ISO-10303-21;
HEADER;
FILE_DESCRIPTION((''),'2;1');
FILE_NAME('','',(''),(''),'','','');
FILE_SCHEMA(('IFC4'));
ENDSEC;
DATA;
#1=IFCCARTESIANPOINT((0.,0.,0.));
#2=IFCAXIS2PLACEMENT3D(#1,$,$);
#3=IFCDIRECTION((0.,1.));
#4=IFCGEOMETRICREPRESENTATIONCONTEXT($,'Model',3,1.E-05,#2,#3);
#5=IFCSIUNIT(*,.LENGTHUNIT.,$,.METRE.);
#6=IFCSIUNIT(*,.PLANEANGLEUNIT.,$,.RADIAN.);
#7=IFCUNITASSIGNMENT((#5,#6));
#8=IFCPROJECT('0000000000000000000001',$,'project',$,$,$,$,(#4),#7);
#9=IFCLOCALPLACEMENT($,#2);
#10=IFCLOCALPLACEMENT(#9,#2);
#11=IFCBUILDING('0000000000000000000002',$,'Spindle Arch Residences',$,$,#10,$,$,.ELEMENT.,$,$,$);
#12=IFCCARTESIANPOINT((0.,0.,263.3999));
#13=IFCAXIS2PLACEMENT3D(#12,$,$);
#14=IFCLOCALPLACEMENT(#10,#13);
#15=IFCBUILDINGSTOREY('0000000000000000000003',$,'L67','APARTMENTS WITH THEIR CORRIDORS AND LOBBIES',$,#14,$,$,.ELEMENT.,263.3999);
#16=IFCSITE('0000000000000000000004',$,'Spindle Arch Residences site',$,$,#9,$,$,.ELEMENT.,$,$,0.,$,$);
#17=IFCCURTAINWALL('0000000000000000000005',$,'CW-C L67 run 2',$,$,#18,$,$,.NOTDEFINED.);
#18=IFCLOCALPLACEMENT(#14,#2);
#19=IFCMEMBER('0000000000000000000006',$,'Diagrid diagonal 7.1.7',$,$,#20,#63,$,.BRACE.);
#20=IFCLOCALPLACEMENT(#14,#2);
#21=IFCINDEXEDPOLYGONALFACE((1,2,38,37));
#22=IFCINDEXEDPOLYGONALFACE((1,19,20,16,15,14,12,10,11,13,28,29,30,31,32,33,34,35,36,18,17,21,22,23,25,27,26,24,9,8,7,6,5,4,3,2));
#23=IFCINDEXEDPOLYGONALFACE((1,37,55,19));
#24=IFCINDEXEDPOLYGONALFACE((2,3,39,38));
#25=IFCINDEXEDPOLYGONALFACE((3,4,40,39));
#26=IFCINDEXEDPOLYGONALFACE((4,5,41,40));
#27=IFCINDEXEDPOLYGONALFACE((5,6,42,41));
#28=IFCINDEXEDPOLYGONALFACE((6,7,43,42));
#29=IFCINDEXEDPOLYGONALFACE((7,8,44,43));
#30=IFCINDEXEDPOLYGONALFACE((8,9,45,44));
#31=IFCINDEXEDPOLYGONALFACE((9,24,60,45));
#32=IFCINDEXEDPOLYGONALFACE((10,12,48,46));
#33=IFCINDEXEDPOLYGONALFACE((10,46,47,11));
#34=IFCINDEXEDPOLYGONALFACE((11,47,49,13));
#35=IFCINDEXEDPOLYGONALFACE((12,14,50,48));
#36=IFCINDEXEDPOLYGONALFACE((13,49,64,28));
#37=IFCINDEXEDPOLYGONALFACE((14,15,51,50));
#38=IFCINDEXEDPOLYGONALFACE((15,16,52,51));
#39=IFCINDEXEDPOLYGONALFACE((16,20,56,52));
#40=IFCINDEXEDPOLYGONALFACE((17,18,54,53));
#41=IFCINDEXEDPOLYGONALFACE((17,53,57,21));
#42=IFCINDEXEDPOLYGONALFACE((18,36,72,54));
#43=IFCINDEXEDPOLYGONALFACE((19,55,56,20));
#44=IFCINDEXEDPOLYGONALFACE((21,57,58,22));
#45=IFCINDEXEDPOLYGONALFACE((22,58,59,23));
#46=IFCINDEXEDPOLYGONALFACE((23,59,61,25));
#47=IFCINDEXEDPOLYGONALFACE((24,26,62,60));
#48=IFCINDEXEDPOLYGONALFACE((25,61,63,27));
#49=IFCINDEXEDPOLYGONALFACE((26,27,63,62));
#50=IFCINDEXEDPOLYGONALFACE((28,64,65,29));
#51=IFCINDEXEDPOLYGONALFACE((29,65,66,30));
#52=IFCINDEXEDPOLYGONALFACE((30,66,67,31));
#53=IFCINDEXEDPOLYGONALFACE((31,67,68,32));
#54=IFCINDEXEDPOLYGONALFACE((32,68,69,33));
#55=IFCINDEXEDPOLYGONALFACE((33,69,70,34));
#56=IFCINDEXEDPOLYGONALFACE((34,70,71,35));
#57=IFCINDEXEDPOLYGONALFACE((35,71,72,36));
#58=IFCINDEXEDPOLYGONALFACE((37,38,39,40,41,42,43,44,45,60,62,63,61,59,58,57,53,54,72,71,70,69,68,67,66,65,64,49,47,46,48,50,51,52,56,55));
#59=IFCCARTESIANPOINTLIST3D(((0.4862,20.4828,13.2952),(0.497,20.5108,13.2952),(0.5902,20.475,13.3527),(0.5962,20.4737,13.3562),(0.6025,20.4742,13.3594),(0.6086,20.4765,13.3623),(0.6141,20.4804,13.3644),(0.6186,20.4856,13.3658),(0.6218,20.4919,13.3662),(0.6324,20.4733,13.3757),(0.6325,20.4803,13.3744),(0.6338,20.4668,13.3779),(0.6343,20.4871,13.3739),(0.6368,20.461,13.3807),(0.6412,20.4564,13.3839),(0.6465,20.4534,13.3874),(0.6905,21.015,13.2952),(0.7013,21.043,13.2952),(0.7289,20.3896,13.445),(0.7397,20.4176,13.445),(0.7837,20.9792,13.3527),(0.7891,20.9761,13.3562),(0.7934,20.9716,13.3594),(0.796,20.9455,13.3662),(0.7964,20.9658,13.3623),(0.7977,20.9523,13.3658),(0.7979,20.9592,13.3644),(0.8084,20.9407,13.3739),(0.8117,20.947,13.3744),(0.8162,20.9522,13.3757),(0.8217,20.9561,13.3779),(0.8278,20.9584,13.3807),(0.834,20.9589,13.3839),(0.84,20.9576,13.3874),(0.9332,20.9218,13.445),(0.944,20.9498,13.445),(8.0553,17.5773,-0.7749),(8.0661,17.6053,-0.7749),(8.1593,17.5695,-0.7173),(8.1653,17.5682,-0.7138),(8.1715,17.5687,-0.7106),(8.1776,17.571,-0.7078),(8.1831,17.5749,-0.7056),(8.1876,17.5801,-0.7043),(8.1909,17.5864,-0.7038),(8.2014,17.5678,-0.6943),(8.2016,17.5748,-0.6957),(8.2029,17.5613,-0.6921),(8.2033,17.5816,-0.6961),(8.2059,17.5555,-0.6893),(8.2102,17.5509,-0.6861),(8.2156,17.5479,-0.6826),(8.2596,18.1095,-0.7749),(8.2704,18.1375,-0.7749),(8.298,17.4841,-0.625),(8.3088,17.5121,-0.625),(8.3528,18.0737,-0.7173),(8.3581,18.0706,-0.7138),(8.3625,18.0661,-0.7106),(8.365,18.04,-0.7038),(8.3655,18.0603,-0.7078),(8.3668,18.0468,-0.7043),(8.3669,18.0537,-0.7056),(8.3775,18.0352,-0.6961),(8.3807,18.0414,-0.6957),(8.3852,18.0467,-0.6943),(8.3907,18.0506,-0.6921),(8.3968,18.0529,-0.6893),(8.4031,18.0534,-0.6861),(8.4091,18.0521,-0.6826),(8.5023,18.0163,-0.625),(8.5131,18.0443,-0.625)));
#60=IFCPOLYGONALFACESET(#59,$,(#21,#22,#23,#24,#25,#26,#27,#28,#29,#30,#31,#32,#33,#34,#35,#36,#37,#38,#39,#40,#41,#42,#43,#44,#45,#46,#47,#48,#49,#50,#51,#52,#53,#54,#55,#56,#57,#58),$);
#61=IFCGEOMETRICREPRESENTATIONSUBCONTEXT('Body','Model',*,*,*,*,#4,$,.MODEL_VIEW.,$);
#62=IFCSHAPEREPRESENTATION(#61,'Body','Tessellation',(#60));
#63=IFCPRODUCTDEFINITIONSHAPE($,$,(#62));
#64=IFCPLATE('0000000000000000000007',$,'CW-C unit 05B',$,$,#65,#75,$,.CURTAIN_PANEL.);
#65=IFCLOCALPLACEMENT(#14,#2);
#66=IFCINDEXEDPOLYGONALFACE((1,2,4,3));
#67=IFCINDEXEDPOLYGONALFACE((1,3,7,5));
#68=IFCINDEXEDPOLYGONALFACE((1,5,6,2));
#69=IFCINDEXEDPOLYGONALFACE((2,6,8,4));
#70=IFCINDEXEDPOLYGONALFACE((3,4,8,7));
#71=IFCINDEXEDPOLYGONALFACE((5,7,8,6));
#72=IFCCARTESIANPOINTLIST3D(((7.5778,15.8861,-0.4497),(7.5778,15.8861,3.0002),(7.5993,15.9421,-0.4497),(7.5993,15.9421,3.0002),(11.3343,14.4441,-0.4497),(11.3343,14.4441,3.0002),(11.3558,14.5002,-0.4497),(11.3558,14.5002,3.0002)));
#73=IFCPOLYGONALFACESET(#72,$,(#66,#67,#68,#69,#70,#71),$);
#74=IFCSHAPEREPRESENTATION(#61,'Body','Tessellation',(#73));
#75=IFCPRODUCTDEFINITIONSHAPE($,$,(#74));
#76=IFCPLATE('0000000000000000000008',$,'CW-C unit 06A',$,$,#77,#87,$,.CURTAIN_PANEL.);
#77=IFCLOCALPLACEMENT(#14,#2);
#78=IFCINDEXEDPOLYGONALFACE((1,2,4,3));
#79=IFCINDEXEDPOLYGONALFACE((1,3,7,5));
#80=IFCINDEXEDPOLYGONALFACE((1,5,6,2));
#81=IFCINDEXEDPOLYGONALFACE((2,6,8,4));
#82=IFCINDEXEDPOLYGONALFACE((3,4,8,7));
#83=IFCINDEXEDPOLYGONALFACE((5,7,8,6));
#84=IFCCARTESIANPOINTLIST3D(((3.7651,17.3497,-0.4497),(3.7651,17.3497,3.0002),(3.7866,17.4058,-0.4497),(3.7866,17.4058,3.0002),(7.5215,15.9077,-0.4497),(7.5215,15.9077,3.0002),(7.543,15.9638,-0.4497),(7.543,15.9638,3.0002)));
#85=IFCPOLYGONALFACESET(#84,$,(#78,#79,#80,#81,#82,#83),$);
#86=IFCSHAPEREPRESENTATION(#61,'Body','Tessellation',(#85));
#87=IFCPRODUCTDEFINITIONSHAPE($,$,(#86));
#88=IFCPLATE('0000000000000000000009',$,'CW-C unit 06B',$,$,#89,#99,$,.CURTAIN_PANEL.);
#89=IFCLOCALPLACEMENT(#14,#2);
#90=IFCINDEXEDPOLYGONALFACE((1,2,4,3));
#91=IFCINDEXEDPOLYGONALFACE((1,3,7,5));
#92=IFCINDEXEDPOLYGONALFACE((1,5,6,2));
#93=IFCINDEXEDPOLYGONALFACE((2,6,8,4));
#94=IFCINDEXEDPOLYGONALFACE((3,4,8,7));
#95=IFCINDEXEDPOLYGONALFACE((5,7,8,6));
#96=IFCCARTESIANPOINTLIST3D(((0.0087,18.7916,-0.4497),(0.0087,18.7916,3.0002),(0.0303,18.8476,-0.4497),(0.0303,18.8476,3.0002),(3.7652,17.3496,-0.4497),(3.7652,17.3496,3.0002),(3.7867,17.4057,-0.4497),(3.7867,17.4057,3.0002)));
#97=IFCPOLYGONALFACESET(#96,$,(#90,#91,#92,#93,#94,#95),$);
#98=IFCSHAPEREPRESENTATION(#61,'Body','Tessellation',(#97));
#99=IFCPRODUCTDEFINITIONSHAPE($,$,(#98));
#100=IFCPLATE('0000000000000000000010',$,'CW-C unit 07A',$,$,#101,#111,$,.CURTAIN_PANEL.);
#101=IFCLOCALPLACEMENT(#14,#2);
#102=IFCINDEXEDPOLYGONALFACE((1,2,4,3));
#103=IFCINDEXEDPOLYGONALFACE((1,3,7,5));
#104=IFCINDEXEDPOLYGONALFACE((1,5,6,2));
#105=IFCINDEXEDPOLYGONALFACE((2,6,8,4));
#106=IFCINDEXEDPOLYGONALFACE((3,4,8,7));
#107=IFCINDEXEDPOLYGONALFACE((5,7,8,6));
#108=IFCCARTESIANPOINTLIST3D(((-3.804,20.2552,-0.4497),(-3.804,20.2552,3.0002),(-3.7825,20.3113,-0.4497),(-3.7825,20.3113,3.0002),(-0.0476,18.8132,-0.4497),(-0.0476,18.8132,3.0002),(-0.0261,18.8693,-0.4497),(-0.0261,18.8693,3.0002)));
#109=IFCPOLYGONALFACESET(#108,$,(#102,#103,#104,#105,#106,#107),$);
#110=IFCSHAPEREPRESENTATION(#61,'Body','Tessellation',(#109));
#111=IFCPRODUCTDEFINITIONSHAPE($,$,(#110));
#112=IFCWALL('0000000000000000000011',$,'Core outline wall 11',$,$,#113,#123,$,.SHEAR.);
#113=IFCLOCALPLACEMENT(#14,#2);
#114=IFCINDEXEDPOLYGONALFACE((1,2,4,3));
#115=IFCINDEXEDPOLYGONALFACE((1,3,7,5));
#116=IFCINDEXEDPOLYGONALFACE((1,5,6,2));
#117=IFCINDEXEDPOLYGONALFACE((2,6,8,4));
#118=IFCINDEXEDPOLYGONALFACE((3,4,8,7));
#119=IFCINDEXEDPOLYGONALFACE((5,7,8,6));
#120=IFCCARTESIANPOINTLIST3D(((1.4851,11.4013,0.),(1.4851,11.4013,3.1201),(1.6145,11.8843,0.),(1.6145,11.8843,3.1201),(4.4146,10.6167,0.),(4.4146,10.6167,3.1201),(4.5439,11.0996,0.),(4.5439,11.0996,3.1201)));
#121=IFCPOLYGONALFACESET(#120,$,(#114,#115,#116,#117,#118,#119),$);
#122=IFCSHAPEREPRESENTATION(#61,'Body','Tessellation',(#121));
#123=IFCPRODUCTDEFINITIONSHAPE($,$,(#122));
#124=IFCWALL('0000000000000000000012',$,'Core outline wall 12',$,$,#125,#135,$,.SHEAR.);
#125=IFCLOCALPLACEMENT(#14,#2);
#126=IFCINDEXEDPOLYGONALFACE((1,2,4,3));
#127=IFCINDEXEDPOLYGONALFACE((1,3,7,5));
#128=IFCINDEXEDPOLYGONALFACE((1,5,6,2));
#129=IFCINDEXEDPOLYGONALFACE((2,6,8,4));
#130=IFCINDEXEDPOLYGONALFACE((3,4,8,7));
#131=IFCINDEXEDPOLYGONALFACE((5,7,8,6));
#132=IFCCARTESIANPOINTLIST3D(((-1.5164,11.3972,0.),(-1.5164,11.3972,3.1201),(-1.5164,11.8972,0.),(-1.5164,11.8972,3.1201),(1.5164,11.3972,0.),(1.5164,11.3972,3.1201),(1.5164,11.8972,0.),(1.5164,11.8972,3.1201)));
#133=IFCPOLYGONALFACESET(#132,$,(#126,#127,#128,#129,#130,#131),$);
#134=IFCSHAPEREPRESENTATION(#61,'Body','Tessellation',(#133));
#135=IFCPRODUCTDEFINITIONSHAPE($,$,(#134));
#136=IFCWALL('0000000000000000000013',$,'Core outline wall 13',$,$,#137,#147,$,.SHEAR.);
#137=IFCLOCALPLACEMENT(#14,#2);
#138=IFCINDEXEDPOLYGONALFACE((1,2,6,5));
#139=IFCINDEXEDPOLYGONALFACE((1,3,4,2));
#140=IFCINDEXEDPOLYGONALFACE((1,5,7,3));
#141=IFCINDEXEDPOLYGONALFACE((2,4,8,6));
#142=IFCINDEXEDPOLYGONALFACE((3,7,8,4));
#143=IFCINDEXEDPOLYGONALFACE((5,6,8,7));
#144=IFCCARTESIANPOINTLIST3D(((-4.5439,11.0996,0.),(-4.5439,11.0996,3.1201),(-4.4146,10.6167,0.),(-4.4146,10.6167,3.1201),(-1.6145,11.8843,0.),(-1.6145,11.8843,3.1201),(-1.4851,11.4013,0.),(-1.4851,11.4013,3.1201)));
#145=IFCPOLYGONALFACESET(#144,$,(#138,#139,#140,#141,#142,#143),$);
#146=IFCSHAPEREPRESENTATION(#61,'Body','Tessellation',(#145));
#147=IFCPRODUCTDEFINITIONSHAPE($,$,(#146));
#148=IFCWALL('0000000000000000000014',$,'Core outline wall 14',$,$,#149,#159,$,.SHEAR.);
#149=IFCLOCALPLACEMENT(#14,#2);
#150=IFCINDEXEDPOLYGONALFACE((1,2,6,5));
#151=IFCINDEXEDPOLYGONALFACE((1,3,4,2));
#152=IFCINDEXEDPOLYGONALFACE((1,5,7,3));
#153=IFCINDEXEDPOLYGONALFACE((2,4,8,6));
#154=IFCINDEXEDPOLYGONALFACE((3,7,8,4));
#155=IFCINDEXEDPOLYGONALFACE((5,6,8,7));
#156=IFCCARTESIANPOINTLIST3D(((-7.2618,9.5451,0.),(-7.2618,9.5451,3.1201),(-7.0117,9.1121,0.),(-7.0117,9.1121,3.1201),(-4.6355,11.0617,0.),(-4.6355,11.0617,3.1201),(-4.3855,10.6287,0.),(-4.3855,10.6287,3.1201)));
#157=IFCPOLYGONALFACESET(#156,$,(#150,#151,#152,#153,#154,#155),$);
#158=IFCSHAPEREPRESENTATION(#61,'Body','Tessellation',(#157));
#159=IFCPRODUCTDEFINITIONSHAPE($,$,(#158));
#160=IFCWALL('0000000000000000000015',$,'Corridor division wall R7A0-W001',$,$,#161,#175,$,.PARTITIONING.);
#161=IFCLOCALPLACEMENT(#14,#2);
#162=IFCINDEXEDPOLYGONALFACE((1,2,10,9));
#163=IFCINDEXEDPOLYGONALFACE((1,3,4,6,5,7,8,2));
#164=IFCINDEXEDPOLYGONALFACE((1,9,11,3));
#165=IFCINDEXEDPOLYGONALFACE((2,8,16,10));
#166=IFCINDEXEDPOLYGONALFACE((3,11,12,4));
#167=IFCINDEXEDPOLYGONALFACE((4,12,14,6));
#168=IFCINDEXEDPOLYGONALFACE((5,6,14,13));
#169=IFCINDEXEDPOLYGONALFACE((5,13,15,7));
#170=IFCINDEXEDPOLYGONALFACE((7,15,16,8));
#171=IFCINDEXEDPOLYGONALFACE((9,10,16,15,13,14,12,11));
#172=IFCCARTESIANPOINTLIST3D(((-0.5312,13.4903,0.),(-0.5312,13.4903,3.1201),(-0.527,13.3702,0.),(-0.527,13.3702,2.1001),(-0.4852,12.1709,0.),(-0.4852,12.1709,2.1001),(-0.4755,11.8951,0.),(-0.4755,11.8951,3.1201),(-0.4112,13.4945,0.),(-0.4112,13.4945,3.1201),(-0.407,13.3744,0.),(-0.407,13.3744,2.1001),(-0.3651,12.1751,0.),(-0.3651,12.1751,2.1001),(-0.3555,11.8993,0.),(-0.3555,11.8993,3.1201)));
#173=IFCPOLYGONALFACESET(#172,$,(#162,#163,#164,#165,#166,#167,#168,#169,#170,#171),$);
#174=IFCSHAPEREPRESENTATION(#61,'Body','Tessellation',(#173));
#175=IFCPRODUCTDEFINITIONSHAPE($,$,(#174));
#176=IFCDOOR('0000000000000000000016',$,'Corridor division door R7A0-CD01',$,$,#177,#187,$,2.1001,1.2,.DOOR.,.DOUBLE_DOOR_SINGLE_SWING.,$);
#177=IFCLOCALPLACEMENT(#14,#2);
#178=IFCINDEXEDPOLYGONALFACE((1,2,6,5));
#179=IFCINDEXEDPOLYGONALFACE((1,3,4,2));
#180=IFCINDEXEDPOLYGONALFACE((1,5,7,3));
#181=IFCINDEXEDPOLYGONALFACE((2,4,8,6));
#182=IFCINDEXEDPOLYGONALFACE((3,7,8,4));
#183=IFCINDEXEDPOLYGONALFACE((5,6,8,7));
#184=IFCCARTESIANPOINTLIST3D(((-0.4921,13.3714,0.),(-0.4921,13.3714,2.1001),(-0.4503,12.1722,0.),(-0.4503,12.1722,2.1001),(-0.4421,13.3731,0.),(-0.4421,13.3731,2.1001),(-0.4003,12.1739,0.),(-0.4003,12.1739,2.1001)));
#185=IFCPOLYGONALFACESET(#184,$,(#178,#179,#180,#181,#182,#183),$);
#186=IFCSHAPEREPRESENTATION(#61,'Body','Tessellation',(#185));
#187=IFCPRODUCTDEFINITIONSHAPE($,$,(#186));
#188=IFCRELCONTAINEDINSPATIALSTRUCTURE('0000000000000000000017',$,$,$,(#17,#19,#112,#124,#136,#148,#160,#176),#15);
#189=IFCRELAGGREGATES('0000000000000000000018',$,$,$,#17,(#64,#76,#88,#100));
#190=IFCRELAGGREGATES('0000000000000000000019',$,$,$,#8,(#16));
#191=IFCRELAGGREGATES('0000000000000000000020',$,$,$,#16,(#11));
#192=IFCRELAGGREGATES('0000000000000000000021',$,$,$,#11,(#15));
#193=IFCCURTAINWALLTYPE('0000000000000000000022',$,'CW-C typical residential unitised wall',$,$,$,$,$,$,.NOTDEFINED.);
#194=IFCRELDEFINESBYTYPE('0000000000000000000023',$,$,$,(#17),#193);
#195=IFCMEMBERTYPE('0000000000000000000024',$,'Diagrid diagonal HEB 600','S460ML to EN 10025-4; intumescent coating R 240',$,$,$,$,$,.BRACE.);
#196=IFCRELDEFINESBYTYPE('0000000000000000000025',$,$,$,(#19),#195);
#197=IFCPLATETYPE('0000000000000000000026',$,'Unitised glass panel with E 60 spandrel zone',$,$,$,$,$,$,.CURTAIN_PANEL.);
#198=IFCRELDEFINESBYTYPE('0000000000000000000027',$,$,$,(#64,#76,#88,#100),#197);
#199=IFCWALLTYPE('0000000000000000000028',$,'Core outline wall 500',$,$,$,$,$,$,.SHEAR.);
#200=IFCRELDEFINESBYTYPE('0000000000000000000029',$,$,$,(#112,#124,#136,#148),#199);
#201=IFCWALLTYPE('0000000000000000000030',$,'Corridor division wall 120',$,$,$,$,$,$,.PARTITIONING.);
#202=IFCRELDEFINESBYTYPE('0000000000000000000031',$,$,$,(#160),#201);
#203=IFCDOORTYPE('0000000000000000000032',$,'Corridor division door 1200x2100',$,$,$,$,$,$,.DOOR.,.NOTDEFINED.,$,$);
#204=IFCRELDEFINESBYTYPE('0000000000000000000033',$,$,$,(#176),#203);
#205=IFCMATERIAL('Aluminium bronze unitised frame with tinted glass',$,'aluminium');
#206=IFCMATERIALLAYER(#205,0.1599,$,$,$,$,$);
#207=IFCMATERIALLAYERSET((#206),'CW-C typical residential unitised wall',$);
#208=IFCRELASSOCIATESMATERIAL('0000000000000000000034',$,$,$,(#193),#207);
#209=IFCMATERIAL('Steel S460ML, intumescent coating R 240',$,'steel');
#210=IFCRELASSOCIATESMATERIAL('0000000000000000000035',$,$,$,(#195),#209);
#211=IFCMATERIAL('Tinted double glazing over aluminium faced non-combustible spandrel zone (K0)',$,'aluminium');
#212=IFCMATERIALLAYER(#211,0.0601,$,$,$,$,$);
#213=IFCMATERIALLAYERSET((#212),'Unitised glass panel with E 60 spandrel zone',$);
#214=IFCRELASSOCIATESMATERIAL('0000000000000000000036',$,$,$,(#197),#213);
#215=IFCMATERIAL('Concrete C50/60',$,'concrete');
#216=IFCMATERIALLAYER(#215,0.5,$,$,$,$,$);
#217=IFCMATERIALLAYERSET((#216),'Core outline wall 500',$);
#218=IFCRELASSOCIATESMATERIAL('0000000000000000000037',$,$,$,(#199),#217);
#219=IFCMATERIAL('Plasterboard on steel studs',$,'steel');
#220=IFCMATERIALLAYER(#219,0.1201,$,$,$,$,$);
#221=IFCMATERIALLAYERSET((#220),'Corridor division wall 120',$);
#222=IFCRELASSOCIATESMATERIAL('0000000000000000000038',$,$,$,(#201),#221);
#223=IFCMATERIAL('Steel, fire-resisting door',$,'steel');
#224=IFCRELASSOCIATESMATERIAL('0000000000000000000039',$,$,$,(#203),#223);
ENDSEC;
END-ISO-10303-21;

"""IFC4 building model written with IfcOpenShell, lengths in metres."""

from ifc_helpers import new_model, si_unit, direction, frame, frame_2d, origin, origin_2d, place, context, subcontext, project, spatial, rectangle, i_section, extrude, material, layer, layer_set, material_profile, profile_set, type_object, element, fill, aggregate, save


model = new_model("IFC4")

# Units and contexts
model_context = context("Model", 3, precision=1e-05, world=origin(), true_north=direction((0.0, 1.0)))
body_context = subcontext(model_context, "Body", "Model", "MODEL_VIEW")
ifc_project = project(units=[si_unit("LENGTHUNIT", "METRE"), si_unit("PLANEANGLEUNIT", "RADIAN")], contexts=[model_context])

# Site, building, storey
site_placement = place(None, origin())
site = spatial("IfcSite", under=ifc_project, at=site_placement, Name="Spindle Arch Residences site", CompositionType="ELEMENT", RefElevation=0.0)
building_placement = place(site_placement, origin())
building = spatial("IfcBuilding", under=site, at=building_placement, Name="Spindle Arch Residences", CompositionType="ELEMENT")
storey_placement = place(building_placement, frame((0.0, 0.0, 263.3999)))
storey = spatial("IfcBuildingStorey", under=building, at=storey_placement, Name="L67", Description="APARTMENTS WITH THEIR CORRIDORS AND LOBBIES", CompositionType="ELEMENT", Elevation=263.3999)

# Curtain wall
ifc_material_1 = material(Name="Aluminium bronze unitised frame with tinted glass", Category="aluminium")
ifc_layer_1 = layer(ifc_material_1, 0.1599)
ifc_layer_set_1 = layer_set([ifc_layer_1], Name="CW-C typical residential unitised wall")
curtain_wall_type = type_object("IfcCurtainWallType", Name="CW-C typical residential unitised wall", PredefinedType="NOTDEFINED", material=ifc_layer_set_1)
curtain_wall_placement = place(storey_placement, origin())
curtain_wall = element("IfcCurtainWall", 1, at=curtain_wall_placement, inside=storey, type_object=curtain_wall_type, Name="CW-C L67 run 2", PredefinedType="NOTDEFINED")

# Member
ifc_material_2 = material(Name="Steel S460ML, intumescent coating R 240", Category="steel")
ifc_material_profile_1 = material_profile(ifc_material_2, i_section(OverallWidth=0.3, OverallDepth=0.6001, WebThickness=0.0154, FlangeThickness=0.03, FilletRadius=0.0271, at=origin_2d()), Name="HEB 600")
ifc_profile_set_1 = profile_set([ifc_material_profile_1], Name="Steel S460ML, intumescent coating R 240")
member_type_1 = type_object("IfcMemberType", Name="Diagrid diagonal HEB 600", Description="S460ML to EN 10025-4; intumescent coating R 240", PredefinedType="BRACE", material=ifc_profile_set_1)
member_1_placement = place(storey_placement, frame((8.2842, 17.8108, -0.7), z_axis=(-0.46611, 0.178924, 0.866445), x_axis=(0.808896, -0.310508, 0.499272)))
element("IfcMember", 2, at=member_1_placement, inside=storey, type_object=member_type_1, Name="Diagrid diagonal 7.1.7", PredefinedType="BRACE", context=body_context, shape_type="SweptSolid", body=[
    extrude(i_section(OverallWidth=0.3, OverallDepth=0.6001, WebThickness=0.0154, FlangeThickness=0.03, FilletRadius=0.0271, at=origin_2d()), origin(), (0.0, 0.0, 1.0), 16.2388),
])

# Plates
ifc_material_3 = material(Name="Tinted double glazing over aluminium faced non-combustible spandrel zone (K0)", Category="aluminium")
ifc_layer_2 = layer(ifc_material_3, 0.0601)
ifc_layer_set_2 = layer_set([ifc_layer_2], Name="Unitised glass panel with E 60 spandrel zone")
plate_type = type_object("IfcPlateType", Name="Unitised glass panel with E 60 spandrel zone", PredefinedType="CURTAIN_PANEL", material=ifc_layer_set_2)
plate_1_placement = place(storey_placement, frame((9.4668, 15.1931, -0.4497), z_axis=(0.0, 0.0, 1.0), x_axis=(-0.93358, 0.358368, 0.0)))
plate_1 = element("IfcPlate", 3, at=plate_1_placement, type_object=plate_type, Name="CW-C unit 05B", PredefinedType="CURTAIN_PANEL", context=body_context, shape_type="SweptSolid", body=[
    extrude(rectangle(XDim=4.0237, YDim=0.0601, at=origin_2d()), origin(), (0.0, 0.0, 1.0), 3.45),
])
plate_2_placement = place(storey_placement, frame((5.6541, 16.6567, -0.4497), z_axis=(0.0, 0.0, 1.0), x_axis=(-0.93358, 0.358368, 0.0)))
plate_2 = element("IfcPlate", 4, at=plate_2_placement, type_object=plate_type, Name="CW-C unit 06A", PredefinedType="CURTAIN_PANEL", context=body_context, shape_type="SweptSolid", body=[
    extrude(rectangle(XDim=4.0237, YDim=0.0601, at=origin_2d()), origin(), (0.0, 0.0, 1.0), 3.45),
])
plate_3_placement = place(storey_placement, frame((1.8977, 18.0986, -0.4497), z_axis=(0.0, 0.0, 1.0), x_axis=(-0.93358, 0.358368, 0.0)))
plate_3 = element("IfcPlate", 5, at=plate_3_placement, type_object=plate_type, Name="CW-C unit 06B", PredefinedType="CURTAIN_PANEL", context=body_context, shape_type="SweptSolid", body=[
    extrude(rectangle(XDim=4.0237, YDim=0.0601, at=origin_2d()), origin(), (0.0, 0.0, 1.0), 3.45),
])
plate_4_placement = place(storey_placement, frame((-1.915, 19.5623, -0.4497), z_axis=(0.0, 0.0, 1.0), x_axis=(-0.93358, 0.358368, 0.0)))
plate_4 = element("IfcPlate", 6, at=plate_4_placement, type_object=plate_type, Name="CW-C unit 07A", PredefinedType="CURTAIN_PANEL", context=body_context, shape_type="SweptSolid", body=[
    extrude(rectangle(XDim=4.0237, YDim=0.0601, at=origin_2d()), origin(), (0.0, 0.0, 1.0), 3.45),
])
aggregate(curtain_wall, [plate_1, plate_2, plate_3, plate_4])

# Walls
ifc_material_4 = material(Name="Concrete C50/60", Category="concrete")
ifc_layer_3 = layer(ifc_material_4, 0.5)
ifc_layer_set_3 = layer_set([ifc_layer_3], Name="Core outline wall 500")
wall_type_1 = type_object("IfcWallType", Name="Core outline wall 500", PredefinedType="SHEAR", material=ifc_layer_set_3)
for number, where, z_axis, x_axis, name in (
    (7, (4.4792, 10.8582, 0.0), (0.0, 0.0, 1.0), (-0.965948, 0.258735, 0.0), "Core outline wall 11"),
    (8, (1.5164, 11.6472, 0.0), (0.0, 0.0, 1.0), (-1.0, 0.0, 0.0), "Core outline wall 12"),
    (9, (-1.5498, 11.6428, 0.0), (0.0, 0.0, 1.0), (-0.965948, -0.258735, 0.0), "Core outline wall 13"),
    (10, (-4.5105, 10.8452, 0.0), (0.0, 0.0, 1.0), (-0.865975, -0.500087, 0.0), "Core outline wall 14"),
):
    element("IfcWall", number, at=place(storey_placement, frame(where, z_axis=z_axis, x_axis=x_axis)), inside=storey, type_object=wall_type_1, Name=name, PredefinedType="SHEAR", context=body_context, shape_type="SweptSolid", body=[
        extrude(rectangle(XDim=3.0327, YDim=0.5, at=frame_2d((1.5164, 0.0))), origin(), (0.0, 0.0, 1.0), 3.1201),
    ])

# Wall, opening, door
ifc_material_5 = material(Name="Plasterboard on steel studs", Category="steel")
ifc_layer_4 = layer(ifc_material_5, 0.1201)
ifc_layer_set_4 = layer_set([ifc_layer_4], Name="Corridor division wall 120")
wall_type_2 = type_object("IfcWallType", Name="Corridor division wall 120", PredefinedType="PARTITIONING", material=ifc_layer_set_4)
wall_1_placement = place(storey_placement, frame((-0.4712, 13.4924, 0.0), z_axis=(0.0, 0.0, 1.0), x_axis=(0.034873, -0.999392, 0.0)))
wall_1 = element("IfcWall", 11, at=wall_1_placement, inside=storey, type_object=wall_type_2, Name="Corridor division wall R7A0-W001", PredefinedType="PARTITIONING", context=body_context, shape_type="SweptSolid", body=[
    extrude(rectangle(XDim=1.5962, YDim=0.1201, at=frame_2d((0.7981, 0.0))), origin(), (0.0, 0.0, 1.0), 3.1201),
])
opening_1_placement = place(wall_1_placement, frame((0.1201, 0.0, 0.0)))
opening_1 = element("IfcOpeningElement", 12, at=opening_1_placement, cuts=wall_1, PredefinedType="OPENING", context=body_context, shape_type="SweptSolid", body=[
    extrude(rectangle(XDim=1.2, YDim=2.1001, at=frame_2d((0.6001, 1.05))), frame((0.0, 0.0701, 0.0), z_axis=(0.0, -1.0, 0.0), x_axis=(1.0, 0.0, 0.0)), (0.0, 0.0, 1.0), 0.1401),
])
ifc_material_6 = material(Name="Steel, fire-resisting door", Category="steel")
door_type_1 = type_object("IfcDoorType", Name="Corridor division door 1200x2100", OperationType="NOTDEFINED", PredefinedType="DOOR", material=ifc_material_6)
door_1_placement = place(opening_1_placement, origin())
door_1 = element("IfcDoor", 13, at=door_1_placement, inside=storey, type_object=door_type_1, Name="Corridor division door R7A0-CD01", OperationType="DOUBLE_DOOR_SINGLE_SWING", OverallHeight=2.1001, OverallWidth=1.2, PredefinedType="DOOR", context=body_context, shape_type="SweptSolid", body=[
    extrude(rectangle(XDim=1.2, YDim=2.1001, at=frame_2d((0.6001, 1.05))), frame((0.0, 0.0249, 0.0), z_axis=(0.0, -1.0, 0.0), x_axis=(1.0, 0.0, 0.0)), (0.0, 0.0, 1.0), 0.05),
])
fill(opening_1, door_1)

save(model, "model.ifc")
